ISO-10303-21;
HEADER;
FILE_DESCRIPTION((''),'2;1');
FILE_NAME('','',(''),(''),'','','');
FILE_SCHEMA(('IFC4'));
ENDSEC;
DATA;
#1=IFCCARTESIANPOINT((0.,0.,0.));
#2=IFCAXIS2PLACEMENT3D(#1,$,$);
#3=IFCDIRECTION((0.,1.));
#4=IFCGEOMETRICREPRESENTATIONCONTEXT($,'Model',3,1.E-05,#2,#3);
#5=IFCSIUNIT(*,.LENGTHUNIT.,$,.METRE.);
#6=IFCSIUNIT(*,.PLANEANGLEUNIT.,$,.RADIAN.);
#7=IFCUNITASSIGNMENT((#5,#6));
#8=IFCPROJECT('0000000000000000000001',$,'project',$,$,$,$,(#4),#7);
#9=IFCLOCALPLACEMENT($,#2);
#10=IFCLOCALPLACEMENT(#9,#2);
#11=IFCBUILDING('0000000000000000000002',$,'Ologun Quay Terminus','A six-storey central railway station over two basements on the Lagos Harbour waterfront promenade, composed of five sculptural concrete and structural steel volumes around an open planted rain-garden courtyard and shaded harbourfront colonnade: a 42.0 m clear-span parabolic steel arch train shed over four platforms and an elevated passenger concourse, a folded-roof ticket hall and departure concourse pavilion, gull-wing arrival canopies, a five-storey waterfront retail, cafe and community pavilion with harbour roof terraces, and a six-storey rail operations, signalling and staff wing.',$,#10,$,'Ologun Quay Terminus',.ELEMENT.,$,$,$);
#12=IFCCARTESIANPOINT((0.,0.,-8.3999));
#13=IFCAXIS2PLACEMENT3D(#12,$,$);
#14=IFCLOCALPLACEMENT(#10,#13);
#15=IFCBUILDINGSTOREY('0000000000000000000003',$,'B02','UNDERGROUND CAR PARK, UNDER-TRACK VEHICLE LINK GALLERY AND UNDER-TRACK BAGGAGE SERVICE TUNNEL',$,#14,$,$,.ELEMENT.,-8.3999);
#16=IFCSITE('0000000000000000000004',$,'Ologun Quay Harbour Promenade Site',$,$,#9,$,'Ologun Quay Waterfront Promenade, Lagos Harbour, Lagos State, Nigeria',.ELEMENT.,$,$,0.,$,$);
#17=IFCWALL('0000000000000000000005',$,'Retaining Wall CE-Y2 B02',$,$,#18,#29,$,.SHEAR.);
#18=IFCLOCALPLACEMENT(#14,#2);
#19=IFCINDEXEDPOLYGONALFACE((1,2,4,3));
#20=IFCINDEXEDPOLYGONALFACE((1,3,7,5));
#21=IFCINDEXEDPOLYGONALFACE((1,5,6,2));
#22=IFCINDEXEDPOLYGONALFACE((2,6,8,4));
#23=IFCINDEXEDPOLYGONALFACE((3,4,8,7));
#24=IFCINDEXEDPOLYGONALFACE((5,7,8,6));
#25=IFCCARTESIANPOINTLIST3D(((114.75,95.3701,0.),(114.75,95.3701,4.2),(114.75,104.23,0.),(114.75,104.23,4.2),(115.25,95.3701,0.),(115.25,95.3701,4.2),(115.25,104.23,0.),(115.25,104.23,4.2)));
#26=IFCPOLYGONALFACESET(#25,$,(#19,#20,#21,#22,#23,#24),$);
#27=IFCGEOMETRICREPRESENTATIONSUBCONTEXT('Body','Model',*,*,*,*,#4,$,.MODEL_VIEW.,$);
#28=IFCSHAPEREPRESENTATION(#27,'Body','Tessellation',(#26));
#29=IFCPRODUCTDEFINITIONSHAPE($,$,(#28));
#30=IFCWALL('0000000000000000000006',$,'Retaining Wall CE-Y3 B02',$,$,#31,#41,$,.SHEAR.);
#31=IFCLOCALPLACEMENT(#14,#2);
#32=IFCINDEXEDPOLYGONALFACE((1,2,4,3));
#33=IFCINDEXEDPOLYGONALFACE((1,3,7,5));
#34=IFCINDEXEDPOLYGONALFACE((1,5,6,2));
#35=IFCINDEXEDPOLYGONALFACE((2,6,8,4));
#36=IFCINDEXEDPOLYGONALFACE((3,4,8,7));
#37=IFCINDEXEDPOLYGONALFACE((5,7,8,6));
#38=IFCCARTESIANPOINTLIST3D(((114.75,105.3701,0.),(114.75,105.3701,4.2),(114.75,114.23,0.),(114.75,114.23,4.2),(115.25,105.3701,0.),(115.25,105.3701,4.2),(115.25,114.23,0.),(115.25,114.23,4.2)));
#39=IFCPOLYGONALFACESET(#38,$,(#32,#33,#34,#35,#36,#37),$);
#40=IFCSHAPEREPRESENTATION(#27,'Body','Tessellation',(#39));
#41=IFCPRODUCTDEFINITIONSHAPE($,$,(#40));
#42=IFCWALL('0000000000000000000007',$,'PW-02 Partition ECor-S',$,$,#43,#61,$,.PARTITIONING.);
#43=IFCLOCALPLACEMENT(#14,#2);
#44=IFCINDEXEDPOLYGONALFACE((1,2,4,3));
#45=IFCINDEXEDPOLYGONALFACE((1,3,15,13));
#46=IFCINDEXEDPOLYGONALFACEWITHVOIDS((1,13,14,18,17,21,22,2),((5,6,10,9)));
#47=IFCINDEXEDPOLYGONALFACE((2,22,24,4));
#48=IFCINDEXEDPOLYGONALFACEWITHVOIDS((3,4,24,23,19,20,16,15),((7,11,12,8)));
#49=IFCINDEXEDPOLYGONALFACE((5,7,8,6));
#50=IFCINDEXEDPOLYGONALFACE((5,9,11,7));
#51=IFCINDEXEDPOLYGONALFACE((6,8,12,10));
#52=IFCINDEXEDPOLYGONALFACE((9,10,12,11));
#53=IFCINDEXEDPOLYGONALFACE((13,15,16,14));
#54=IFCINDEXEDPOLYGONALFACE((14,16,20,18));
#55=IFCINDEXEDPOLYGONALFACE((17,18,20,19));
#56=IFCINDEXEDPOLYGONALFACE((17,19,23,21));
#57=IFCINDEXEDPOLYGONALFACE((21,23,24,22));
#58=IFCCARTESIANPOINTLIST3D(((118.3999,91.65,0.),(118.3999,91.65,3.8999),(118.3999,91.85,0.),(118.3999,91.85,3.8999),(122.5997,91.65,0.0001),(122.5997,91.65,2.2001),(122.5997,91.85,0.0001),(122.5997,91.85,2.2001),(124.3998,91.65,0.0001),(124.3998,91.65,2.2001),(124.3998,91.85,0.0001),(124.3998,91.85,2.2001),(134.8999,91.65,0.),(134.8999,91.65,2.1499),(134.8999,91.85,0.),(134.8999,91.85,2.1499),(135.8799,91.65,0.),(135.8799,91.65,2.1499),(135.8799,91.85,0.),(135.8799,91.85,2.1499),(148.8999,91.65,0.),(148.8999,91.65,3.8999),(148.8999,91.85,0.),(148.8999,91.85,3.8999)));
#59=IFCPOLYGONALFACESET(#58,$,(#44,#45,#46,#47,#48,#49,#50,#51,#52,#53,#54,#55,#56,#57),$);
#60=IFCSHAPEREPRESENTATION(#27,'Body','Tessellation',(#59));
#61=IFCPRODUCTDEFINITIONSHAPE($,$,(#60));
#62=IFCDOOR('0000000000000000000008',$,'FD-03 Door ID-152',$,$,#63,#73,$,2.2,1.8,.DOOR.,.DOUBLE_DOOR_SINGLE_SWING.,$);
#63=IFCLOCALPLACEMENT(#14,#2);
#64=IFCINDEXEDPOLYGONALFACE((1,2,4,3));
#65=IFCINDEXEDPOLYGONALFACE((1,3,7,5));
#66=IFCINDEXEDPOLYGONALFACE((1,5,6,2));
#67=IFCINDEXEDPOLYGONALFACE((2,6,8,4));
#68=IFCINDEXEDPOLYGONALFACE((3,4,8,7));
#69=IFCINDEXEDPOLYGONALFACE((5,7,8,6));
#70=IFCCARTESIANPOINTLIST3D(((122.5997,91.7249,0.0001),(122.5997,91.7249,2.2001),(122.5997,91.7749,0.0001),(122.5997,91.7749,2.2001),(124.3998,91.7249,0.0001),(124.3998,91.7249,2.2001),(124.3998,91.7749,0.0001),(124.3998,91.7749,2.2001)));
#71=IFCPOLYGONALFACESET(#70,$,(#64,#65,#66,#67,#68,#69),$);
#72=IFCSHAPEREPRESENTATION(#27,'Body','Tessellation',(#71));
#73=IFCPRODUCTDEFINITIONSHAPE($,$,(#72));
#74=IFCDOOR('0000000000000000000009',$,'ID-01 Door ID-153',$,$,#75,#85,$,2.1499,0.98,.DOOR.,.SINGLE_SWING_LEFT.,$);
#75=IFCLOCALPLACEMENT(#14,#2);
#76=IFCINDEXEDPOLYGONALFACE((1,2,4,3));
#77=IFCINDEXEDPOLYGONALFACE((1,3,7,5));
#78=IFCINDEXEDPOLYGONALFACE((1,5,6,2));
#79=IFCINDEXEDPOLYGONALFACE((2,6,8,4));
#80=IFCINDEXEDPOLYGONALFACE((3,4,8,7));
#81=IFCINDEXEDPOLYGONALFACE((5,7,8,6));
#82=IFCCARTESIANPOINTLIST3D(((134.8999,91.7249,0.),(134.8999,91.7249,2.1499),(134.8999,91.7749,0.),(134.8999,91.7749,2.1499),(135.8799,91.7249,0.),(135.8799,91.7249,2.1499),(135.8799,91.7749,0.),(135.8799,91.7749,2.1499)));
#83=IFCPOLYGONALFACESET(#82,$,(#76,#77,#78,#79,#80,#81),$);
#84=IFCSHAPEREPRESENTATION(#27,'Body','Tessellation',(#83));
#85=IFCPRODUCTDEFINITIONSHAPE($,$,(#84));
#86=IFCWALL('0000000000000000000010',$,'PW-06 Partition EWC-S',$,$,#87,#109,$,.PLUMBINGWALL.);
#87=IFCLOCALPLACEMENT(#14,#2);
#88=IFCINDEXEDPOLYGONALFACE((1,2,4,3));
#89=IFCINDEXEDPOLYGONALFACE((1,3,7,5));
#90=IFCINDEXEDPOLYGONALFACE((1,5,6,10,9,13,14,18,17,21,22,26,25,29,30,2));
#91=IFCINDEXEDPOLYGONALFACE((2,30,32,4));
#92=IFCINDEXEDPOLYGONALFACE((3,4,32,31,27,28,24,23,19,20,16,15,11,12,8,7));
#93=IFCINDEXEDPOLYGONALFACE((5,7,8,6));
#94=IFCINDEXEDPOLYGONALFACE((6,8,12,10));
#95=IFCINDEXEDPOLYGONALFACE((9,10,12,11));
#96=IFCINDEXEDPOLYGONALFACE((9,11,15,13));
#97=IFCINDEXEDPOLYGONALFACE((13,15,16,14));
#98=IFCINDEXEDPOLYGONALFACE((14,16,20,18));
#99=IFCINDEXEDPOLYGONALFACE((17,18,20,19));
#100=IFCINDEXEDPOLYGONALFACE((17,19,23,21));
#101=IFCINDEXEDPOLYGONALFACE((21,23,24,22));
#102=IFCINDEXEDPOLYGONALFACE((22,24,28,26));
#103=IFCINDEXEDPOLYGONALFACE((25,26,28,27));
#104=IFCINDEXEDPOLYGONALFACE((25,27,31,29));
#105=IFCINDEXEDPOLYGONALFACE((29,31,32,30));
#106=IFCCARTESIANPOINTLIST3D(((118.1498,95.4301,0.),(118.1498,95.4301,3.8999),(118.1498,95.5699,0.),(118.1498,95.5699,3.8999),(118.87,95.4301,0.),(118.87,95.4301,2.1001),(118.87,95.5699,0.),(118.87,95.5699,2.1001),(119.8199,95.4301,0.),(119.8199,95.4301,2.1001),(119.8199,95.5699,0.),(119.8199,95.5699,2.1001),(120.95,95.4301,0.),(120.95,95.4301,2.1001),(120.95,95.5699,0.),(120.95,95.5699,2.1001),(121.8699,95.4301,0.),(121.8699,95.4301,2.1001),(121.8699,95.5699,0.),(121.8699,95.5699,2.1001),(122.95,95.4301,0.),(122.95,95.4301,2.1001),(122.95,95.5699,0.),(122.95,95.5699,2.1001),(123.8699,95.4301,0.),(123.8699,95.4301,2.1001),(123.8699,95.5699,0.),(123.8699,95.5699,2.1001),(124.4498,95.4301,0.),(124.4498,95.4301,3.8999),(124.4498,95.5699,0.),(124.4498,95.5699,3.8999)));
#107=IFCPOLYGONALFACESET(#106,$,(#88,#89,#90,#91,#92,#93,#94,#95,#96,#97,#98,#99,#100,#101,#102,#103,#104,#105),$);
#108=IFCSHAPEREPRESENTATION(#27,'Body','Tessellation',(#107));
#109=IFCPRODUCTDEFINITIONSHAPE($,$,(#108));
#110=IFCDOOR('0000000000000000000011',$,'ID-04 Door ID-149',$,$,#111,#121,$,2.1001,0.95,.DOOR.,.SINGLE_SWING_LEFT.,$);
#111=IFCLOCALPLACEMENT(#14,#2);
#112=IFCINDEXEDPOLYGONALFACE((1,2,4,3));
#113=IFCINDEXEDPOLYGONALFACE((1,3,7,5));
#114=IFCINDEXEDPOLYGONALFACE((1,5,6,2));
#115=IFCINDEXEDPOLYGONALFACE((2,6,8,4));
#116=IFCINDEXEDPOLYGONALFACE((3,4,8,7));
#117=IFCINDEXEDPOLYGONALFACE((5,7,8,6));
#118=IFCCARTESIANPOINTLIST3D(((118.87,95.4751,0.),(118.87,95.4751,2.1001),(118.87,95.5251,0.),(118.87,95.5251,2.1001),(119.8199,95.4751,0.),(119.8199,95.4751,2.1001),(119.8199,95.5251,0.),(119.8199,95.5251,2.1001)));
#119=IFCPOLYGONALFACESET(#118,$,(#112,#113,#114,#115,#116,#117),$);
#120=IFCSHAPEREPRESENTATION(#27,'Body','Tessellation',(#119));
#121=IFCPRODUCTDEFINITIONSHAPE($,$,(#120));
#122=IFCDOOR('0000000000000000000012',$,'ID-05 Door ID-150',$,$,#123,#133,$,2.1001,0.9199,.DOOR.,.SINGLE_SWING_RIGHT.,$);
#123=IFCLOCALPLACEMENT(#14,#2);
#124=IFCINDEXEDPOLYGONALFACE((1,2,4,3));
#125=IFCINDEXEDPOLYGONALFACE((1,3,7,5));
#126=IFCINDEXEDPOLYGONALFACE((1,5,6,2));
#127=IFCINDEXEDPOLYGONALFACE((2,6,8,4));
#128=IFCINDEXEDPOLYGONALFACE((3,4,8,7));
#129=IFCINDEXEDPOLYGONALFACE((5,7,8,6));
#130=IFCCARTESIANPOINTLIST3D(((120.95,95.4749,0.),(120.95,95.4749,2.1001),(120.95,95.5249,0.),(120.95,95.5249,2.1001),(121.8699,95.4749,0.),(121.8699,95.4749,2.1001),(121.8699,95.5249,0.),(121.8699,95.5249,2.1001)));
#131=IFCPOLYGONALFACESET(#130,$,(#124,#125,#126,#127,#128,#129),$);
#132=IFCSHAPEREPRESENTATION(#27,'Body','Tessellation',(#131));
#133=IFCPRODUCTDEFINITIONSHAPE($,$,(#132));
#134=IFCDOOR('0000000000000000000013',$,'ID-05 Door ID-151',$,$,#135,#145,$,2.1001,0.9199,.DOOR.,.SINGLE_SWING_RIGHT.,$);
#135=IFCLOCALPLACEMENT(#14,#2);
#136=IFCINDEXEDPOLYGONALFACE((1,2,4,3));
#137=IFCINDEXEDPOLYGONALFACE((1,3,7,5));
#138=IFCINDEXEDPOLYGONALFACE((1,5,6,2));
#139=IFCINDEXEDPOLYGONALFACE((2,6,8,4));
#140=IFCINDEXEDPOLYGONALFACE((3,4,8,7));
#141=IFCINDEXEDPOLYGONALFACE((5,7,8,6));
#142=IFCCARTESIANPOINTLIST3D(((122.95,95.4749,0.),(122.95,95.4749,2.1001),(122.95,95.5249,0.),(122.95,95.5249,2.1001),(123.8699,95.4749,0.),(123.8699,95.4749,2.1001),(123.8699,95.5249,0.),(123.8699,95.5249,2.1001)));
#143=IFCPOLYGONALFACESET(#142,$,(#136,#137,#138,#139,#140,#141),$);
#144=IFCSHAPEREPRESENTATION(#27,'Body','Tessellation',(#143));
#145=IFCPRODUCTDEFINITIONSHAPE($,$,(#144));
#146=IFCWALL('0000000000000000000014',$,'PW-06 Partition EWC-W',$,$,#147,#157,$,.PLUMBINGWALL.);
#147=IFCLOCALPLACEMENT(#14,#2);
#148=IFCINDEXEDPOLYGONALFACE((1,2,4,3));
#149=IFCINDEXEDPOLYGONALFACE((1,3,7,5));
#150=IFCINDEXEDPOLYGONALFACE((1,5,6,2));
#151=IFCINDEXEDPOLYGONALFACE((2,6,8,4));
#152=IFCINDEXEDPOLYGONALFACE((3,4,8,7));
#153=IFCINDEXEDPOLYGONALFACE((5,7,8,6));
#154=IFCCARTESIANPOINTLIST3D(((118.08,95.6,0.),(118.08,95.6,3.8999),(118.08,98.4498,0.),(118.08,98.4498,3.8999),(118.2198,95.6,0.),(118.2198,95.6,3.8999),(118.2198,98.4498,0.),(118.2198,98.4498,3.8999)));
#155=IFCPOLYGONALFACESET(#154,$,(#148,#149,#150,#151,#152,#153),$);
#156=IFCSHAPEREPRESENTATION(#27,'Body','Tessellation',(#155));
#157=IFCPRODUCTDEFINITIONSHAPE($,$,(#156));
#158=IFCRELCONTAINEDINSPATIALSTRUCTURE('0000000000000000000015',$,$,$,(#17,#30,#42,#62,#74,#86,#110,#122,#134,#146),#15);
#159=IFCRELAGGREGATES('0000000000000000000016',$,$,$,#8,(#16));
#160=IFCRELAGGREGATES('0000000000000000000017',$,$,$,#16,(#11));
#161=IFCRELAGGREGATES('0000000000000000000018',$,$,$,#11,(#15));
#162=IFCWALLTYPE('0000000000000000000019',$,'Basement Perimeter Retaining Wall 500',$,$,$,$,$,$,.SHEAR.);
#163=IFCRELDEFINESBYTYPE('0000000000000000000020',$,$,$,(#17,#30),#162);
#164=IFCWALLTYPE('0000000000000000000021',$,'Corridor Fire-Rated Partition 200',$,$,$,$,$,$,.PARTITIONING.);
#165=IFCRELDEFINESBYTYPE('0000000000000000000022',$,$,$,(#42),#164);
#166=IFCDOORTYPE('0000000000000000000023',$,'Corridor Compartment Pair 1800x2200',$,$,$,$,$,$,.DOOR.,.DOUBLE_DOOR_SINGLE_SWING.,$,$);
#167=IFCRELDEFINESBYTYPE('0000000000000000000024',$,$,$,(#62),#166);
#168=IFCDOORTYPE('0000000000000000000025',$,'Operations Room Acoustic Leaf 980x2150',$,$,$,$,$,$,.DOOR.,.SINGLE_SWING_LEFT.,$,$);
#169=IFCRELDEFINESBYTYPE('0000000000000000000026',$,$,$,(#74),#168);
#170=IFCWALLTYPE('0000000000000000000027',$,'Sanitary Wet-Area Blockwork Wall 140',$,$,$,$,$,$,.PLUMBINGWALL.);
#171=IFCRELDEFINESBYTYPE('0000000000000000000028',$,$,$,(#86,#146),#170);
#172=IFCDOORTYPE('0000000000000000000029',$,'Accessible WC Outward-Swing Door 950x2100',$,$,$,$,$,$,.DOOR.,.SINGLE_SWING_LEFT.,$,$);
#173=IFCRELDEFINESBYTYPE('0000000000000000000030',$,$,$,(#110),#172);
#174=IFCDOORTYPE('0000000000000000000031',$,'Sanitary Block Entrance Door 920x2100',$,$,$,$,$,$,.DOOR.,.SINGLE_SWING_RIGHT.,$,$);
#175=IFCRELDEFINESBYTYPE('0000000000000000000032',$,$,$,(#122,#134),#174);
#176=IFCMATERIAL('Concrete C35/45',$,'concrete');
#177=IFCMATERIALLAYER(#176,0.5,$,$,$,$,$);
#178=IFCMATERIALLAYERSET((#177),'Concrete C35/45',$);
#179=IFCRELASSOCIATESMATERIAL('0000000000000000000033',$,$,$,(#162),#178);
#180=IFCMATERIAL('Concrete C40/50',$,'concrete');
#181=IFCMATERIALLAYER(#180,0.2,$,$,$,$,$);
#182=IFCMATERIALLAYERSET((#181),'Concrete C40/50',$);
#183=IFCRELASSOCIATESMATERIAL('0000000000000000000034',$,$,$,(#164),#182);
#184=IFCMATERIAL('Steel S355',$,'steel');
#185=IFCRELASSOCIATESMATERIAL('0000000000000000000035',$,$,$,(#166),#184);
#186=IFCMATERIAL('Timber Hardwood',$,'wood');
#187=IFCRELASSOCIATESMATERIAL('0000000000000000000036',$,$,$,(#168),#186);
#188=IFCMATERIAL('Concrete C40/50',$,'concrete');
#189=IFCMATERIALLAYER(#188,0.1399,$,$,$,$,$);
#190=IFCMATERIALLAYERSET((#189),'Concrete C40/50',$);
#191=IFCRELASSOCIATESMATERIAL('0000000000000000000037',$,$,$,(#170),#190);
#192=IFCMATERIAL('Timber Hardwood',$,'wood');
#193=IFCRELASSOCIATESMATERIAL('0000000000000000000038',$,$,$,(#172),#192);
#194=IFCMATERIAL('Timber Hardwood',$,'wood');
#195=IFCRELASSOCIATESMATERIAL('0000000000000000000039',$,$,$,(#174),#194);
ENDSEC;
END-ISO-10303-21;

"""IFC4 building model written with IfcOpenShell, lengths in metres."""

from ifc_helpers import new_model, si_unit, direction, frame, frame_2d, origin, place, context, subcontext, project, spatial, rectangle, extrude, material, layer, layer_set, type_object, element, fill, save


model = new_model("IFC4")

# Units and contexts
model_context = context("Model", 3, precision=1e-05, world=origin(), true_north=direction((0.0, 1.0)))
body_context = subcontext(model_context, "Body", "Model", "MODEL_VIEW")
ifc_project = project(units=[si_unit("LENGTHUNIT", "METRE"), si_unit("PLANEANGLEUNIT", "RADIAN")], contexts=[model_context])

# Site, building, storey
site_placement = place(None, origin())
site = spatial("IfcSite", under=ifc_project, at=site_placement, Name="Ologun Quay Harbour Promenade Site", LongName="Ologun Quay Waterfront Promenade, Lagos Harbour, Lagos State, Nigeria", CompositionType="ELEMENT", RefElevation=0.0)
building_placement = place(site_placement, origin())
building = spatial("IfcBuilding", under=site, at=building_placement, Name="Ologun Quay Terminus", Description="A six-storey central railway station over two basements on the Lagos Harbour waterfront promenade, composed of five sculptural concrete and structural steel volumes around an open planted rain-garden courtyard and shaded harbourfront colonnade: a 42.0 m clear-span parabolic steel arch train shed over four platforms and an elevated passenger concourse, a folded-roof ticket hall and departure concourse pavilion, gull-wing arrival canopies, a five-storey waterfront retail, cafe and community pavilion with harbour roof terraces, and a six-storey rail operations, signalling and staff wing.", LongName="Ologun Quay Terminus", CompositionType="ELEMENT")
storey_placement = place(building_placement, frame((0.0, 0.0, -8.3999)))
storey = spatial("IfcBuildingStorey", under=building, at=storey_placement, Name="B02", Description="UNDERGROUND CAR PARK, UNDER-TRACK VEHICLE LINK GALLERY AND UNDER-TRACK BAGGAGE SERVICE TUNNEL", CompositionType="ELEMENT", Elevation=-8.3999)

# Walls
ifc_material_1 = material(Name="Concrete C35/45", Category="concrete")
ifc_layer_1 = layer(ifc_material_1, 0.5)
ifc_layer_set_1 = layer_set([ifc_layer_1], Name="Concrete C35/45")
wall_type_1 = type_object("IfcWallType", Name="Basement Perimeter Retaining Wall 500", PredefinedType="SHEAR", material=ifc_layer_set_1)
for number, where, z_axis, x_axis, name in (
    (1, (115.0, 95.3701, 0.0), (0.0, 0.0, 1.0), (0.0, 1.0, 0.0), "Retaining Wall CE-Y2 B02"),
    (2, (115.0, 105.3701, 0.0), (0.0, 0.0, 1.0), (0.0, 1.0, 0.0), "Retaining Wall CE-Y3 B02"),
):
    element("IfcWall", number, at=place(storey_placement, frame(where, z_axis=z_axis, x_axis=x_axis)), inside=storey, type_object=wall_type_1, Name=name, PredefinedType="SHEAR", context=body_context, shape_type="SweptSolid", body=[
        extrude(rectangle(XDim=8.8599, YDim=0.5, at=frame_2d((4.4299, 0.0))), origin(), (0.0, 0.0, 1.0), 4.2),
    ])

# Walls, openings, doors
ifc_material_2 = material(Name="Concrete C40/50", Category="concrete")
ifc_layer_2 = layer(ifc_material_2, 0.2)
ifc_layer_set_2 = layer_set([ifc_layer_2], Name="Concrete C40/50")
wall_type_2 = type_object("IfcWallType", Name="Corridor Fire-Rated Partition 200", PredefinedType="PARTITIONING", material=ifc_layer_set_2)
wall_1_placement = place(storey_placement, frame((118.3999, 91.75, 0.0), z_axis=(0.0, 0.0, 1.0), x_axis=(1.0, 0.0, 0.0)))
wall_1 = element("IfcWall", 3, at=wall_1_placement, inside=storey, type_object=wall_type_2, Name="PW-02 Partition ECor-S", PredefinedType="PARTITIONING", context=body_context, shape_type="SweptSolid", body=[
    extrude(rectangle(XDim=30.5, YDim=0.2, at=frame_2d((15.25, 0.0))), origin(), (0.0, 0.0, 1.0), 3.8999),
])
opening_1_placement = place(wall_1_placement, frame((4.2, 0.0, 0.0)))
opening_1 = element("IfcOpeningElement", 4, at=opening_1_placement, cuts=wall_1, PredefinedType="OPENING", context=body_context, shape_type="SweptSolid", body=[
    extrude(rectangle(XDim=1.8, YDim=2.2, at=frame_2d((0.8999, 1.1001))), frame((0.0, 0.1099, 0.0), z_axis=(0.0, -1.0, 0.0), x_axis=(1.0, 0.0, 0.0)), (0.0, 0.0, 1.0), 0.22),
])
opening_2_placement = place(wall_1_placement, frame((16.5, 0.0, 0.0)))
opening_2 = element("IfcOpeningElement", 5, at=opening_2_placement, cuts=wall_1, PredefinedType="OPENING", context=body_context, shape_type="SweptSolid", body=[
    extrude(rectangle(XDim=0.98, YDim=2.1499, at=frame_2d((0.49, 1.075))), frame((0.0, 0.1099, 0.0), z_axis=(0.0, -1.0, 0.0), x_axis=(1.0, 0.0, 0.0)), (0.0, 0.0, 1.0), 0.22),
])
ifc_material_3 = material(Name="Steel S355", Category="steel")
door_type_1 = type_object("IfcDoorType", Name="Corridor Compartment Pair 1800x2200", OperationType="DOUBLE_DOOR_SINGLE_SWING", PredefinedType="DOOR", material=ifc_material_3)
door_1_placement = place(opening_1_placement, origin())
door_1 = element("IfcDoor", 6, at=door_1_placement, inside=storey, type_object=door_type_1, Name="FD-03 Door ID-152", OperationType="DOUBLE_DOOR_SINGLE_SWING", OverallHeight=2.2, OverallWidth=1.8, PredefinedType="DOOR", context=body_context, shape_type="SweptSolid", body=[
    extrude(rectangle(XDim=1.8, YDim=2.2, at=frame_2d((0.8999, 1.1001))), frame((0.0, 0.0249, 0.0), z_axis=(0.0, -1.0, 0.0), x_axis=(1.0, 0.0, 0.0)), (0.0, 0.0, 1.0), 0.05),
])
fill(opening_1, door_1)
ifc_material_4 = material(Name="Timber Hardwood", Category="wood")
door_type_2 = type_object("IfcDoorType", Name="Operations Room Acoustic Leaf 980x2150", OperationType="SINGLE_SWING_LEFT", PredefinedType="DOOR", material=ifc_material_4)
door_2_placement = place(opening_2_placement, origin())
door_2 = element("IfcDoor", 7, at=door_2_placement, inside=storey, type_object=door_type_2, Name="ID-01 Door ID-153", OperationType="SINGLE_SWING_LEFT", OverallHeight=2.1499, OverallWidth=0.98, PredefinedType="DOOR", context=body_context, shape_type="SweptSolid", body=[
    extrude(rectangle(XDim=0.98, YDim=2.1499, at=frame_2d((0.49, 1.075))), frame((0.0, 0.0249, 0.0), z_axis=(0.0, -1.0, 0.0), x_axis=(1.0, 0.0, 0.0)), (0.0, 0.0, 1.0), 0.05),
])
fill(opening_2, door_2)
ifc_material_5 = material(Name="Concrete C40/50", Category="concrete")
ifc_layer_3 = layer(ifc_material_5, 0.1399)
ifc_layer_set_3 = layer_set([ifc_layer_3], Name="Concrete C40/50")
wall_type_3 = type_object("IfcWallType", Name="Sanitary Wet-Area Blockwork Wall 140", PredefinedType="PLUMBINGWALL", material=ifc_layer_set_3)
wall_2_placement = place(storey_placement, frame((118.1499, 95.5, 0.0), z_axis=(0.0, 0.0, 1.0), x_axis=(1.0, 0.0, 0.0)))
wall_2 = element("IfcWall", 8, at=wall_2_placement, inside=storey, type_object=wall_type_3, Name="PW-06 Partition EWC-S", PredefinedType="PLUMBINGWALL", context=body_context, shape_type="SweptSolid", body=[
    extrude(rectangle(XDim=6.3, YDim=0.1399, at=frame_2d((3.1499, 0.0))), origin(), (0.0, 0.0, 1.0), 3.8999),
])
opening_3_placement = place(wall_2_placement, frame((0.72, 0.0, 0.0)))
opening_3 = element("IfcOpeningElement", 9, at=opening_3_placement, cuts=wall_2, PredefinedType="OPENING", context=body_context, shape_type="SweptSolid", body=[
    extrude(rectangle(XDim=0.95, YDim=2.1001, at=frame_2d((0.4751, 1.05))), frame((0.0, 0.0801, 0.0), z_axis=(0.0, -1.0, 0.0), x_axis=(1.0, 0.0, 0.0)), (0.0, 0.0, 1.0), 0.1599),
])
opening_4_placement = place(wall_2_placement, frame((2.8, 0.0, 0.0)))
opening_4 = element("IfcOpeningElement", 10, at=opening_4_placement, cuts=wall_2, PredefinedType="OPENING", context=body_context, shape_type="SweptSolid", body=[
    extrude(rectangle(XDim=0.9199, YDim=2.1001, at=frame_2d((0.46, 1.05))), frame((0.0, 0.0801, 0.0), z_axis=(0.0, -1.0, 0.0), x_axis=(1.0, 0.0, 0.0)), (0.0, 0.0, 1.0), 0.1599),
])
opening_5_placement = place(wall_2_placement, frame((4.8, 0.0, 0.0)))
opening_5 = element("IfcOpeningElement", 11, at=opening_5_placement, cuts=wall_2, PredefinedType="OPENING", context=body_context, shape_type="SweptSolid", body=[
    extrude(rectangle(XDim=0.9199, YDim=2.1001, at=frame_2d((0.46, 1.05))), frame((0.0, 0.0801, 0.0), z_axis=(0.0, -1.0, 0.0), x_axis=(1.0, 0.0, 0.0)), (0.0, 0.0, 1.0), 0.1599),
])
ifc_material_6 = material(Name="Timber Hardwood", Category="wood")
door_type_3 = type_object("IfcDoorType", Name="Accessible WC Outward-Swing Door 950x2100", OperationType="SINGLE_SWING_LEFT", PredefinedType="DOOR", material=ifc_material_6)
door_3_placement = place(opening_3_placement, frame((0.4751, 0.0, 0.0), z_axis=(0.0, 0.0, 1.0), x_axis=(-1.0, 0.0, 0.0)))
door_3 = element("IfcDoor", 12, at=door_3_placement, inside=storey, type_object=door_type_3, Name="ID-04 Door ID-149", OperationType="SINGLE_SWING_LEFT", OverallHeight=2.1001, OverallWidth=0.95, PredefinedType="DOOR", context=body_context, shape_type="SweptSolid", body=[
    extrude(rectangle(XDim=0.95, YDim=2.1001, at=frame_2d((0.0, 1.05))), frame((0.0, 0.0249, 0.0), z_axis=(0.0, -1.0, 0.0), x_axis=(1.0, 0.0, 0.0)), (0.0, 0.0, 1.0), 0.05),
])
fill(opening_3, door_3)
ifc_material_7 = material(Name="Timber Hardwood", Category="wood")
door_type_4 = type_object("IfcDoorType", Name="Sanitary Block Entrance Door 920x2100", OperationType="SINGLE_SWING_RIGHT", PredefinedType="DOOR", material=ifc_material_7)
door_4_placement = place(opening_4_placement, origin())
door_4 = element("IfcDoor", 13, at=door_4_placement, inside=storey, type_object=door_type_4, Name="ID-05 Door ID-150", OperationType="SINGLE_SWING_RIGHT", OverallHeight=2.1001, OverallWidth=0.9199, PredefinedType="DOOR", context=body_context, shape_type="SweptSolid", body=[
    extrude(rectangle(XDim=0.9199, YDim=2.1001, at=frame_2d((0.46, 1.05))), frame((0.0, 0.0249, 0.0), z_axis=(0.0, -1.0, 0.0), x_axis=(1.0, 0.0, 0.0)), (0.0, 0.0, 1.0), 0.05),
])
fill(opening_4, door_4)
door_5_placement = place(opening_5_placement, origin())
door_5 = element("IfcDoor", 14, at=door_5_placement, inside=storey, type_object=door_type_4, Name="ID-05 Door ID-151", OperationType="SINGLE_SWING_RIGHT", OverallHeight=2.1001, OverallWidth=0.9199, PredefinedType="DOOR", context=body_context, shape_type="SweptSolid", body=[
    extrude(rectangle(XDim=0.9199, YDim=2.1001, at=frame_2d((0.46, 1.05))), frame((0.0, 0.0249, 0.0), z_axis=(0.0, -1.0, 0.0), x_axis=(1.0, 0.0, 0.0)), (0.0, 0.0, 1.0), 0.05),
])
fill(opening_5, door_5)

# Wall
wall_3_placement = place(storey_placement, frame((118.1499, 95.6001, 0.0), z_axis=(0.0, 0.0, 1.0), x_axis=(0.0, 1.0, 0.0)))
element("IfcWall", 15, at=wall_3_placement, inside=storey, type_object=wall_type_3, Name="PW-06 Partition EWC-W", PredefinedType="PLUMBINGWALL", context=body_context, shape_type="SweptSolid", body=[
    extrude(rectangle(XDim=2.8499, YDim=0.1399, at=frame_2d((1.4248, 0.0))), origin(), (0.0, 0.0, 1.0), 3.8999),
])

save(model, "model.ifc")
